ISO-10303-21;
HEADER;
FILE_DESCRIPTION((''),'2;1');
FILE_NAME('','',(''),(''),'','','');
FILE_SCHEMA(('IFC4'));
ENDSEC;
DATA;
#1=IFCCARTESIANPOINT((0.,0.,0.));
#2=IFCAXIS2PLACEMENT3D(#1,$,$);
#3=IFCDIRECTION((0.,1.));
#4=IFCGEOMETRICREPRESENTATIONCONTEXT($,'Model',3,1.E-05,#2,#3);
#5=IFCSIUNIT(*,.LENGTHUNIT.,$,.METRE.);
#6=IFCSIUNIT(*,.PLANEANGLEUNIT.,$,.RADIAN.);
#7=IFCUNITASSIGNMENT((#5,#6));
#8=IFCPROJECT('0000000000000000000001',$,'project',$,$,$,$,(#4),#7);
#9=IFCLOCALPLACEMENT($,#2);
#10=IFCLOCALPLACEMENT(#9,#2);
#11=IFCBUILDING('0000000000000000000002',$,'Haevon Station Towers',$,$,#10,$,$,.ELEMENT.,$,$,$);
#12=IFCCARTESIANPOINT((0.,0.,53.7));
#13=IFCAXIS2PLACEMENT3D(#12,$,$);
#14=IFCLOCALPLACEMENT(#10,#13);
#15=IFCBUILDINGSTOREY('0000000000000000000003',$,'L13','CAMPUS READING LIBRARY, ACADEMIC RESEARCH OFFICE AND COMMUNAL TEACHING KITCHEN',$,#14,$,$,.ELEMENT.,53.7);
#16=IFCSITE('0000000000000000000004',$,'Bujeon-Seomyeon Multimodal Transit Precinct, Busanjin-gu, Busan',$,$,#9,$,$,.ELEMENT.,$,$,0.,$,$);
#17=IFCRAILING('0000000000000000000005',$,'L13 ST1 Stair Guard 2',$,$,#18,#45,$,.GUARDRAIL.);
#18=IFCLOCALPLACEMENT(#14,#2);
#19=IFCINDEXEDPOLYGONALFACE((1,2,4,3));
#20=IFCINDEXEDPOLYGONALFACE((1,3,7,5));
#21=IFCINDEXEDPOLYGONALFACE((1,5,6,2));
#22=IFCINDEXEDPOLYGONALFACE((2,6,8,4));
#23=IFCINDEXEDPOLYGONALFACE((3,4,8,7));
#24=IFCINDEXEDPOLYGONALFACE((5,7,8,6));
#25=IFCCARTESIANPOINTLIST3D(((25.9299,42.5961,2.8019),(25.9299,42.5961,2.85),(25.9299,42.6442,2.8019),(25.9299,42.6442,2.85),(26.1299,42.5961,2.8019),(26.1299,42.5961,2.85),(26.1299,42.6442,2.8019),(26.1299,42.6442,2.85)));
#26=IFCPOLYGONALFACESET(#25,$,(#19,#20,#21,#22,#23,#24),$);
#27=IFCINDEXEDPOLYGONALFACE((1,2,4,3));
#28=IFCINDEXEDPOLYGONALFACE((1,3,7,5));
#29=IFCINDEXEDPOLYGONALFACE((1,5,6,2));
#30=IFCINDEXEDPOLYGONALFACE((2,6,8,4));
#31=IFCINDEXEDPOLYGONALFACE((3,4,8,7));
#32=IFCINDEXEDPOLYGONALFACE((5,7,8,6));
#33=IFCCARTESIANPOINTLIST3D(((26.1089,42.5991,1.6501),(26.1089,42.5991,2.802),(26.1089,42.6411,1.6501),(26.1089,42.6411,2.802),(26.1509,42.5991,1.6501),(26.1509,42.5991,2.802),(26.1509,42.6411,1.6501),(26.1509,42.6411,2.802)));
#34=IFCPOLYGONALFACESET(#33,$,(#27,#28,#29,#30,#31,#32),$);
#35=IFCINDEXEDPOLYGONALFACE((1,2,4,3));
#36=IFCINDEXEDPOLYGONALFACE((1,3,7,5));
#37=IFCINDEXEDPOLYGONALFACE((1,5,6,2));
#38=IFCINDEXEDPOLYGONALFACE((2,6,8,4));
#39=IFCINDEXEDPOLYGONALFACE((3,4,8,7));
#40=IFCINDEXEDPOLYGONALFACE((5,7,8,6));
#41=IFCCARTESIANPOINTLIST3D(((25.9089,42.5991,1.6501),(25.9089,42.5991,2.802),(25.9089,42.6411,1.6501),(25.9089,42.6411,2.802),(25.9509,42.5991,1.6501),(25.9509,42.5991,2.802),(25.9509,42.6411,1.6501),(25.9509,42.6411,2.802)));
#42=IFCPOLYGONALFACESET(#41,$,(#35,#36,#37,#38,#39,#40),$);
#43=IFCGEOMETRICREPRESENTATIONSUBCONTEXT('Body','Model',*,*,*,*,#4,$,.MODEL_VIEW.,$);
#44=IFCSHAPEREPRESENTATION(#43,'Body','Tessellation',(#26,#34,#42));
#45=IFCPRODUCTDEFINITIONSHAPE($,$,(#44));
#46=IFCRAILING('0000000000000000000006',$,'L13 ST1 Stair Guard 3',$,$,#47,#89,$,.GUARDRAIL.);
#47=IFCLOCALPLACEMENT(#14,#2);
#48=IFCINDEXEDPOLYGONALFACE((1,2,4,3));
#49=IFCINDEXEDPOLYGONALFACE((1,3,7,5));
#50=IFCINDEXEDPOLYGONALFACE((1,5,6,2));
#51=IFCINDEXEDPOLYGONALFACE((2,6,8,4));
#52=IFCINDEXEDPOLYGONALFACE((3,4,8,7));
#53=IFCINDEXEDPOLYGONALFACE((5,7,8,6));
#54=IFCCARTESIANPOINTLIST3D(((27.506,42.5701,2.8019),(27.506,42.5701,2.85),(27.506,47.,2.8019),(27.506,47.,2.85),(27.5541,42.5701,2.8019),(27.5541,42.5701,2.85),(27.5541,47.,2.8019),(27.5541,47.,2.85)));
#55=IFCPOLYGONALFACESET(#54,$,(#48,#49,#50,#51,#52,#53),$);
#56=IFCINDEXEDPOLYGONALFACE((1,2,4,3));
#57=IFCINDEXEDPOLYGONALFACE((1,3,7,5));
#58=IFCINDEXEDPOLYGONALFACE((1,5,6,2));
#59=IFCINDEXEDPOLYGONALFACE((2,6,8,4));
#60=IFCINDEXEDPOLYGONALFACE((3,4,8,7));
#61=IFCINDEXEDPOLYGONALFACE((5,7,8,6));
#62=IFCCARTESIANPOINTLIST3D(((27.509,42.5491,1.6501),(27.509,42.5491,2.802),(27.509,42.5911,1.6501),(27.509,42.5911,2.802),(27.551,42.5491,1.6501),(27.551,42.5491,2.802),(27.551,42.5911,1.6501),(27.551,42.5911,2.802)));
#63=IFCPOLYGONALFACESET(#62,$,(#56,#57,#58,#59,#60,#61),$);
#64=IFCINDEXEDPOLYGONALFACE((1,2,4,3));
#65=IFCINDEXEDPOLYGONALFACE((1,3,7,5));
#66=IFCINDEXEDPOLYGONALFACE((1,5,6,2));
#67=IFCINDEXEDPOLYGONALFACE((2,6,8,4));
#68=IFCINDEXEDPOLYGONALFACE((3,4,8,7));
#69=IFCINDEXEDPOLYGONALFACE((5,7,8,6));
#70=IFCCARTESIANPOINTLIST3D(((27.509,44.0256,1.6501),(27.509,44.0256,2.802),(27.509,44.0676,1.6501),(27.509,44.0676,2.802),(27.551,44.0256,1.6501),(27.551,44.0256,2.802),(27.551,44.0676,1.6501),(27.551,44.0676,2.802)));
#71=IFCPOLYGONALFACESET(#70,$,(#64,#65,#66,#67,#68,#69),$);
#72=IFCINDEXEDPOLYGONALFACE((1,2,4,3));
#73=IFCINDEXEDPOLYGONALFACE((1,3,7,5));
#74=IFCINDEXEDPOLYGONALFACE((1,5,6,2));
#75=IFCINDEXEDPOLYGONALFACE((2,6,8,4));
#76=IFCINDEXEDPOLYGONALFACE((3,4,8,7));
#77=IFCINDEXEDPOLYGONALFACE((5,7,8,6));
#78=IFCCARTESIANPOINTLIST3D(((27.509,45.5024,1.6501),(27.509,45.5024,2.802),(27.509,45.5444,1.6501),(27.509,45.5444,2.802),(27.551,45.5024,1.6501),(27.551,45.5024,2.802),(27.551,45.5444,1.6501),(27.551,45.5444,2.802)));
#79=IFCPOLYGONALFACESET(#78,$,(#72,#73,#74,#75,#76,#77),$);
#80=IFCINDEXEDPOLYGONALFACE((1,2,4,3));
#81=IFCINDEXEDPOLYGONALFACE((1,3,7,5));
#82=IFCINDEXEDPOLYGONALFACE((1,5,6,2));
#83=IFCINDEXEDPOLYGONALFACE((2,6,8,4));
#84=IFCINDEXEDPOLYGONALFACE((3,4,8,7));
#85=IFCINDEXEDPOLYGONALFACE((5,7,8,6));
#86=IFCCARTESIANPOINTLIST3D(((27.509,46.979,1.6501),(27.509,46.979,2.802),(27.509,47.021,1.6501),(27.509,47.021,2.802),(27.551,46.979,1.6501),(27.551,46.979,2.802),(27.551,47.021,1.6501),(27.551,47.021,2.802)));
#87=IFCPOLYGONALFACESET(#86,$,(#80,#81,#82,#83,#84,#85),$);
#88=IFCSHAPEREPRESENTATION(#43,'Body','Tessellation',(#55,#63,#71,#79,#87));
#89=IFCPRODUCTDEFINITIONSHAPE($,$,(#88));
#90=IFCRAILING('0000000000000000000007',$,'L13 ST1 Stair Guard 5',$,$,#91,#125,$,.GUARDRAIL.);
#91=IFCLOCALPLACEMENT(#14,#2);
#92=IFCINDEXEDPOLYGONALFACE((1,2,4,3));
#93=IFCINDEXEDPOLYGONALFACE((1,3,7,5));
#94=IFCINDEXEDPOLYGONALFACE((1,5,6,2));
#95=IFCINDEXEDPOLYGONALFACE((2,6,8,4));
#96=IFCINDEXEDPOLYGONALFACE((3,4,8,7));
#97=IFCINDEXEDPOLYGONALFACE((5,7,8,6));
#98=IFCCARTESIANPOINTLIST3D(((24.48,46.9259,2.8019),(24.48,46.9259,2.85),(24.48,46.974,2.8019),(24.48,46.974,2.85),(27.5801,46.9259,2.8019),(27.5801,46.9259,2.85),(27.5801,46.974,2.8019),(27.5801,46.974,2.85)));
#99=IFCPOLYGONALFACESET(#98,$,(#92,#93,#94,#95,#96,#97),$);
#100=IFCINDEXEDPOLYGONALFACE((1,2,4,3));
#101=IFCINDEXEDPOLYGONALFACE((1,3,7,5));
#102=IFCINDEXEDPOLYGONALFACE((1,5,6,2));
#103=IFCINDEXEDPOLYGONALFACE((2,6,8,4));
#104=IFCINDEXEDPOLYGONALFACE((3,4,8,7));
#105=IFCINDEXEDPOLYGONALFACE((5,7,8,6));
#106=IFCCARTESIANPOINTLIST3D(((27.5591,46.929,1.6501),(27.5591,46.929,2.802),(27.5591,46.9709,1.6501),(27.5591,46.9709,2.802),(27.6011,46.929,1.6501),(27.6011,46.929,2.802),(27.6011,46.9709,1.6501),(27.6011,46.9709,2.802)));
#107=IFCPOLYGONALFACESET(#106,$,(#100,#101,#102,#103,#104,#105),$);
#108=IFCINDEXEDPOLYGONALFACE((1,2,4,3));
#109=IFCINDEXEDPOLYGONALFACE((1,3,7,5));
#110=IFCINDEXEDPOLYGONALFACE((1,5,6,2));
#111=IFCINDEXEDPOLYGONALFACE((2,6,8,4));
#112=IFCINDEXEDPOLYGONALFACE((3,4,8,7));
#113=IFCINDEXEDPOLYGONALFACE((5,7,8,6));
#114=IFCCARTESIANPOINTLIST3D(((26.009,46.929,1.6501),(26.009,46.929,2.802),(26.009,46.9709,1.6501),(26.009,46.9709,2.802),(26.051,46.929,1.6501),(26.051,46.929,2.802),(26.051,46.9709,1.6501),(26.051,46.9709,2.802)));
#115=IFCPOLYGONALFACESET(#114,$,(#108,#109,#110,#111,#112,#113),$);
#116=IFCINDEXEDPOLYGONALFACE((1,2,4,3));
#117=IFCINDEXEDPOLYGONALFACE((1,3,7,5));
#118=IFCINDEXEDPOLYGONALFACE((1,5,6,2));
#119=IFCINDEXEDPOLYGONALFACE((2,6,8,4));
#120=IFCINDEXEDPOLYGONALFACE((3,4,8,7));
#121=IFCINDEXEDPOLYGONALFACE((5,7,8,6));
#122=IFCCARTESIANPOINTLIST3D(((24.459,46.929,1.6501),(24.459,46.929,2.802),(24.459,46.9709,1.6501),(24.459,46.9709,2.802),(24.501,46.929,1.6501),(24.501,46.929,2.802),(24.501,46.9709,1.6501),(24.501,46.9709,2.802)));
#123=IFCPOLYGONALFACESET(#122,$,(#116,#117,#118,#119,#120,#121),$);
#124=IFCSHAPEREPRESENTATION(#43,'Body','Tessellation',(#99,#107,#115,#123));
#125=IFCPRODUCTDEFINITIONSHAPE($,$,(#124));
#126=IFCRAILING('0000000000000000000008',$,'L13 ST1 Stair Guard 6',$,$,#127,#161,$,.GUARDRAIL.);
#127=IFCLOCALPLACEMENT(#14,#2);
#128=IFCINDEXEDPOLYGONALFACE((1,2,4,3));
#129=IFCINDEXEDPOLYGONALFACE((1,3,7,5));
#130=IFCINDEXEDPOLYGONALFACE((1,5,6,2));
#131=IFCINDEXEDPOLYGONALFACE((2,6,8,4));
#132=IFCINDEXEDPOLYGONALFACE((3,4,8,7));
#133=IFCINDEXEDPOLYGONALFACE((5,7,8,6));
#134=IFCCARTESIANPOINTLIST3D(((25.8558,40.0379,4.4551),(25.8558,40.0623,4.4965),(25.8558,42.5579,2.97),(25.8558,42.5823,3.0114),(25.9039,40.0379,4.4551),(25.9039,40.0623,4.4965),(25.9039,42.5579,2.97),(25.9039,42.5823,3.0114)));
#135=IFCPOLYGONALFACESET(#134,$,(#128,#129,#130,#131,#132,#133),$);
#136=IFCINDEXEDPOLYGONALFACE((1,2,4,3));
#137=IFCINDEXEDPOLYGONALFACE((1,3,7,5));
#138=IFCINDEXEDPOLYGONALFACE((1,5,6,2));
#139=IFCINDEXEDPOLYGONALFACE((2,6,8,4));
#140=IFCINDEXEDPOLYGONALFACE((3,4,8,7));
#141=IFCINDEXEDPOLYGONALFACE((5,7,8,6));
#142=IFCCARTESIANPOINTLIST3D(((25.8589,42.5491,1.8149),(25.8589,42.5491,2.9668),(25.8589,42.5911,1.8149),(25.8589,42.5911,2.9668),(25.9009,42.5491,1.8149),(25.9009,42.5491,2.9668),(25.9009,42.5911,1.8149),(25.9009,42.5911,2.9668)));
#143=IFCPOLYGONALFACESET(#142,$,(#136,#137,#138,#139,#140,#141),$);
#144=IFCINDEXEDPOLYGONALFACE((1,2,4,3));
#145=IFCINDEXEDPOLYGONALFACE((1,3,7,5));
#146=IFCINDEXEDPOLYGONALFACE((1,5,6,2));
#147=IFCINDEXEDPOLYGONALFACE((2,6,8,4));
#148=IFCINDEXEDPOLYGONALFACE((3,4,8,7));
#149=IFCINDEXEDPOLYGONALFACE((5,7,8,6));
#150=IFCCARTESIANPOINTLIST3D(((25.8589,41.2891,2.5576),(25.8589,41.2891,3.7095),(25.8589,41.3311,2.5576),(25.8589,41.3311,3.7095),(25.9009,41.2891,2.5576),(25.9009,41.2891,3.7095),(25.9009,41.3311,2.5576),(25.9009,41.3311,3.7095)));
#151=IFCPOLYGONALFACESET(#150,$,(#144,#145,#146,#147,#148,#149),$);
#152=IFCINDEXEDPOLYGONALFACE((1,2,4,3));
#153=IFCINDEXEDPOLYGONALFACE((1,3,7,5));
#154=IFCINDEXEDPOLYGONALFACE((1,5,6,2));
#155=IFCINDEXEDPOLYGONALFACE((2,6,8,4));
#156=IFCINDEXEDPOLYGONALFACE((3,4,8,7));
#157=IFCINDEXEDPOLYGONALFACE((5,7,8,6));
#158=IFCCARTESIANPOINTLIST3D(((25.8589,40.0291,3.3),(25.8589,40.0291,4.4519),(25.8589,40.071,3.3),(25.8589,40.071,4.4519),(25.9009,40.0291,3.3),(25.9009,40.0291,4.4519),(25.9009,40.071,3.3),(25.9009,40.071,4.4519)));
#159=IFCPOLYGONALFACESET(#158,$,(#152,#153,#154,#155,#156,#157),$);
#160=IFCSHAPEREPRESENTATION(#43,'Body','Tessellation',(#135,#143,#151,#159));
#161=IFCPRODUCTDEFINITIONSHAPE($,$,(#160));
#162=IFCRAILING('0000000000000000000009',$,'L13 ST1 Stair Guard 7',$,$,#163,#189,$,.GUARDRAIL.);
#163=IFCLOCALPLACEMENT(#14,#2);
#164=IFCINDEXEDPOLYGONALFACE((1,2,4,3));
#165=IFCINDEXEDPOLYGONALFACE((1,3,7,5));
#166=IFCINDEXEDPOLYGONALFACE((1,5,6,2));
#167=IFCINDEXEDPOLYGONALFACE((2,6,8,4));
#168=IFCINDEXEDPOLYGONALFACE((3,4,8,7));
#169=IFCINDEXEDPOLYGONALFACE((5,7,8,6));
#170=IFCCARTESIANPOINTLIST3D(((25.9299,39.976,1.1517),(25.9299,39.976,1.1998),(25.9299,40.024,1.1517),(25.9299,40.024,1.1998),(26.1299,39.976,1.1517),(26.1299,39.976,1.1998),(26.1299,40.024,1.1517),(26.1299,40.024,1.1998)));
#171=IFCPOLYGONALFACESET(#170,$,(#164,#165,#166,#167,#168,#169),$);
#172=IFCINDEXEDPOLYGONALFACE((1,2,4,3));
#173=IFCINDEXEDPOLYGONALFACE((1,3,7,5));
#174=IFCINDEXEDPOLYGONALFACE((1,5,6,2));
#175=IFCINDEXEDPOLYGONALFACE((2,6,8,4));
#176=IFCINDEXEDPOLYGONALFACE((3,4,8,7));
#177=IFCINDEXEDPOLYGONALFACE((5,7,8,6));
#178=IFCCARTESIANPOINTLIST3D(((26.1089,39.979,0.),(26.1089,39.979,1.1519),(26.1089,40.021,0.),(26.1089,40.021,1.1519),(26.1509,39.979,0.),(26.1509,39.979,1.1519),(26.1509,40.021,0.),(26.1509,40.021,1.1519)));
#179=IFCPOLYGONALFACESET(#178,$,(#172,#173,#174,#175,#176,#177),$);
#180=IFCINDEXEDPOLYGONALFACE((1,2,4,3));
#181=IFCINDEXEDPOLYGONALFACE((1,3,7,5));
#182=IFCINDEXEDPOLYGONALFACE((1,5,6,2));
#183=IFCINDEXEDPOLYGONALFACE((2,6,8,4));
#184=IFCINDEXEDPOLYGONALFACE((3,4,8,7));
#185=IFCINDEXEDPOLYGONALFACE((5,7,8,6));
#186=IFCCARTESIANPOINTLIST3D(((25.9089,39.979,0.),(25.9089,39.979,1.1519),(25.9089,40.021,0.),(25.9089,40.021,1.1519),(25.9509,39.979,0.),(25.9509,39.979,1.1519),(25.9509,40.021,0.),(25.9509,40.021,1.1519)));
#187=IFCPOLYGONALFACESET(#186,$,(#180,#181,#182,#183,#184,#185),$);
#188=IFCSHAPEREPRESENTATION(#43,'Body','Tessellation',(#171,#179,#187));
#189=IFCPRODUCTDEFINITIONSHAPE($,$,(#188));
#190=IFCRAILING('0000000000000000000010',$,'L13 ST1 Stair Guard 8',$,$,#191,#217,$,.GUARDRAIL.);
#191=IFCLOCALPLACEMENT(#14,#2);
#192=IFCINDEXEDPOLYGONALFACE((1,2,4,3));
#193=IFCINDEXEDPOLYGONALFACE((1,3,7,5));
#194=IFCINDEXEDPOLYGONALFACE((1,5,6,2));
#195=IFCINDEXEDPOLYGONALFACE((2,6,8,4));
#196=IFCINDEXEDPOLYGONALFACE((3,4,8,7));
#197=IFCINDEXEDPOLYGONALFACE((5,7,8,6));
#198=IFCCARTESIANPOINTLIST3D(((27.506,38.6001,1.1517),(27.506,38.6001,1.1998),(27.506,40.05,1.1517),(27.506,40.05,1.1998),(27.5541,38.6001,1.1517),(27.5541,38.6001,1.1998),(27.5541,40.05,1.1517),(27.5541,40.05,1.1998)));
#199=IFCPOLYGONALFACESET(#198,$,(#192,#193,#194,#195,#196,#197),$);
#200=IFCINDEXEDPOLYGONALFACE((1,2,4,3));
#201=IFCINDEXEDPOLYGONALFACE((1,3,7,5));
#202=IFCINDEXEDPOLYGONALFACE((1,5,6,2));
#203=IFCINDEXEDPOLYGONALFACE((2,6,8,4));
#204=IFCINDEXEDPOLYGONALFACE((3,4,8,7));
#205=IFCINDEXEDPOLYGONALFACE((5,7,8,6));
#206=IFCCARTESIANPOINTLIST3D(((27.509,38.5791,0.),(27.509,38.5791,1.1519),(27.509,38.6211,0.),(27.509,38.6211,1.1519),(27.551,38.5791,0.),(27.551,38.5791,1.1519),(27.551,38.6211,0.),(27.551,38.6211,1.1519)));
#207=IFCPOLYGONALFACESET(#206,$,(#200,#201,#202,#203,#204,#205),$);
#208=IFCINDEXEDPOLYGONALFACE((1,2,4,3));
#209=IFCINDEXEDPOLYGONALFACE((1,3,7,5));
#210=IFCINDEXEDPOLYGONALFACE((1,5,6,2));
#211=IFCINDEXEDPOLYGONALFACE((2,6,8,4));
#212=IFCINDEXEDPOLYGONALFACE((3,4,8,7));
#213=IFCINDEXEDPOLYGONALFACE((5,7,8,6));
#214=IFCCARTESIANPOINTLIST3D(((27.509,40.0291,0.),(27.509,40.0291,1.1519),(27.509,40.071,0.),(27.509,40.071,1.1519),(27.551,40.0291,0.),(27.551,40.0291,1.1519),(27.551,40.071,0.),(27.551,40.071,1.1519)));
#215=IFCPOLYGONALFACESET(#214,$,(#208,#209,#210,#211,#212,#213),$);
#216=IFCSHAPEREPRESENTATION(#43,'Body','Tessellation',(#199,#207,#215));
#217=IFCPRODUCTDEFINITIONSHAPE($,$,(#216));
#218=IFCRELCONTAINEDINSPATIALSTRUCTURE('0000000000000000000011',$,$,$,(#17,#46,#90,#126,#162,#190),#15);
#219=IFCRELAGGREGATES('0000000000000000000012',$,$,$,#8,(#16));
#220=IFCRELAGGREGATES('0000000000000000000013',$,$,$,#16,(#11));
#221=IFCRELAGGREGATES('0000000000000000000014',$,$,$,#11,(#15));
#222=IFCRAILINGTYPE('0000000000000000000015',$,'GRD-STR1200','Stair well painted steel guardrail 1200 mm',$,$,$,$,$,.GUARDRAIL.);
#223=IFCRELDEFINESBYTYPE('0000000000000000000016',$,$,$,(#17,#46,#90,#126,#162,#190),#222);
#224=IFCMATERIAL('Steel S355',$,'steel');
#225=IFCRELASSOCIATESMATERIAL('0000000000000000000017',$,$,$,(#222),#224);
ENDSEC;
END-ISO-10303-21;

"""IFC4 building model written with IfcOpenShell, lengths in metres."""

from ifc_helpers import new_model, si_unit, direction, frame, origin, origin_2d, place, context, subcontext, project, spatial, rectangle, extrude, material, type_object, element, save


model = new_model("IFC4")

# Units and contexts
model_context = context("Model", 3, precision=1e-05, world=origin(), true_north=direction((0.0, 1.0)))
body_context = subcontext(model_context, "Body", "Model", "MODEL_VIEW")
ifc_project = project(units=[si_unit("LENGTHUNIT", "METRE"), si_unit("PLANEANGLEUNIT", "RADIAN")], contexts=[model_context])

# Site, building, storey
site_placement = place(None, origin())
site = spatial("IfcSite", under=ifc_project, at=site_placement, Name="Bujeon-Seomyeon Multimodal Transit Precinct, Busanjin-gu, Busan", CompositionType="ELEMENT", RefElevation=0.0)
building_placement = place(site_placement, origin())
building = spatial("IfcBuilding", under=site, at=building_placement, Name="Haevon Station Towers", CompositionType="ELEMENT")
storey_placement = place(building_placement, frame((0.0, 0.0, 53.7)))
storey = spatial("IfcBuildingStorey", under=building, at=storey_placement, Name="L13", Description="CAMPUS READING LIBRARY, ACADEMIC RESEARCH OFFICE AND COMMUNAL TEACHING KITCHEN", CompositionType="ELEMENT", Elevation=53.7)

# Shared definitions
ifc_material_1 = material(Name="Steel S355", Category="steel")

# Railings
railing_type_1 = type_object("IfcRailingType", Name="GRD-STR1200", Description="Stair well painted steel guardrail 1200 mm", PredefinedType="GUARDRAIL", material=ifc_material_1)
railing_1_placement = place(storey_placement, frame((26.1299, 42.6201, 1.6501)))
element("IfcRailing", 1, at=railing_1_placement, inside=storey, type_object=railing_type_1, Name="L13 ST1 Stair Guard 2", PredefinedType="GUARDRAIL", context=body_context, shape_type="SweptSolid", body=[
    extrude(rectangle(XDim=0.0481, YDim=0.0481, at=origin_2d()), frame((0.0, 0.0, 1.1758), z_axis=(-1.0, 0.0, 0.0), x_axis=(0.0, -1.0, 0.0)), (0.0, 0.0, 1.0), 0.2),
    extrude(rectangle(XDim=0.042, YDim=0.042, at=origin_2d()), origin(), (0.0, 0.0, 1.0), 1.1519),
    extrude(rectangle(XDim=0.042, YDim=0.042, at=origin_2d()), frame((-0.2, 0.0, 0.0)), (0.0, 0.0, 1.0), 1.1519),
])
railing_2_placement = place(storey_placement, frame((27.53, 42.5701, 1.6501)))
element("IfcRailing", 2, at=railing_2_placement, inside=storey, type_object=railing_type_1, Name="L13 ST1 Stair Guard 3", PredefinedType="GUARDRAIL", context=body_context, shape_type="SweptSolid", body=[
    extrude(rectangle(XDim=0.0481, YDim=0.0481, at=origin_2d()), frame((0.0, 0.0, 1.1758), z_axis=(0.0, 1.0, 0.0), x_axis=(-1.0, 0.0, 0.0)), (0.0, 0.0, 1.0), 4.4299),
    extrude(rectangle(XDim=0.042, YDim=0.042, at=origin_2d()), origin(), (0.0, 0.0, 1.0), 1.1519),
    extrude(rectangle(XDim=0.042, YDim=0.042, at=origin_2d()), frame((0.0, 1.4766, 0.0)), (0.0, 0.0, 1.0), 1.1519),
    extrude(rectangle(XDim=0.042, YDim=0.042, at=origin_2d()), frame((0.0, 2.9534, 0.0)), (0.0, 0.0, 1.0), 1.1519),
    extrude(rectangle(XDim=0.042, YDim=0.042, at=origin_2d()), frame((0.0, 4.4299, 0.0)), (0.0, 0.0, 1.0), 1.1519),
])
railing_3_placement = place(storey_placement, frame((27.5801, 46.95, 1.6501)))
element("IfcRailing", 3, at=railing_3_placement, inside=storey, type_object=railing_type_1, Name="L13 ST1 Stair Guard 5", PredefinedType="GUARDRAIL", context=body_context, shape_type="SweptSolid", body=[
    extrude(rectangle(XDim=0.0481, YDim=0.0481, at=origin_2d()), frame((0.0, 0.0, 1.1758), z_axis=(-1.0, 0.0, 0.0), x_axis=(0.0, -1.0, 0.0)), (0.0, 0.0, 1.0), 3.1001),
    extrude(rectangle(XDim=0.042, YDim=0.042, at=origin_2d()), origin(), (0.0, 0.0, 1.0), 1.1519),
    extrude(rectangle(XDim=0.042, YDim=0.042, at=origin_2d()), frame((-1.55, 0.0, 0.0)), (0.0, 0.0, 1.0), 1.1519),
    extrude(rectangle(XDim=0.042, YDim=0.042, at=origin_2d()), frame((-3.1001, 0.0, 0.0)), (0.0, 0.0, 1.0), 1.1519),
])
railing_4_placement = place(storey_placement, frame((25.8799, 42.5701, 1.8149)))
element("IfcRailing", 4, at=railing_4_placement, inside=storey, type_object=railing_type_1, Name="L13 ST1 Stair Guard 6", PredefinedType="GUARDRAIL", context=body_context, shape_type="SweptSolid", body=[
    extrude(rectangle(XDim=0.0481, YDim=0.0481, at=origin_2d()), frame((0.0, 0.0, 1.1758), z_axis=(0.0, -0.861524, 0.507717), x_axis=(1.0, 0.0, 0.0)), (0.0, 0.0, 1.0), 2.925),
    extrude(rectangle(XDim=0.042, YDim=0.042, at=origin_2d()), origin(), (0.0, 0.0, 1.0), 1.1519),
    extrude(rectangle(XDim=0.042, YDim=0.042, at=origin_2d()), frame((0.0, -1.26, 0.7427)), (0.0, 0.0, 1.0), 1.1519),
    extrude(rectangle(XDim=0.042, YDim=0.042, at=origin_2d()), frame((0.0, -2.52, 1.4851)), (0.0, 0.0, 1.0), 1.1519),
])
railing_5_placement = place(storey_placement, frame((26.1299, 40.0, 0.0)))
element("IfcRailing", 5, at=railing_5_placement, inside=storey, type_object=railing_type_1, Name="L13 ST1 Stair Guard 7", PredefinedType="GUARDRAIL", context=body_context, shape_type="SweptSolid", body=[
    extrude(rectangle(XDim=0.0481, YDim=0.0481, at=origin_2d()), frame((0.0, 0.0, 1.1758), z_axis=(-1.0, 0.0, 0.0), x_axis=(0.0, -1.0, 0.0)), (0.0, 0.0, 1.0), 0.2),
    extrude(rectangle(XDim=0.042, YDim=0.042, at=origin_2d()), origin(), (0.0, 0.0, 1.0), 1.1519),
    extrude(rectangle(XDim=0.042, YDim=0.042, at=origin_2d()), frame((-0.2, 0.0, 0.0)), (0.0, 0.0, 1.0), 1.1519),
])
railing_6_placement = place(storey_placement, frame((27.53, 38.6001, 0.0)))
element("IfcRailing", 6, at=railing_6_placement, inside=storey, type_object=railing_type_1, Name="L13 ST1 Stair Guard 8", PredefinedType="GUARDRAIL", context=body_context, shape_type="SweptSolid", body=[
    extrude(rectangle(XDim=0.0481, YDim=0.0481, at=origin_2d()), frame((0.0, 0.0, 1.1758), z_axis=(0.0, 1.0, 0.0), x_axis=(-1.0, 0.0, 0.0)), (0.0, 0.0, 1.0), 1.45),
    extrude(rectangle(XDim=0.042, YDim=0.042, at=origin_2d()), origin(), (0.0, 0.0, 1.0), 1.1519),
    extrude(rectangle(XDim=0.042, YDim=0.042, at=origin_2d()), frame((0.0, 1.45, 0.0)), (0.0, 0.0, 1.0), 1.1519),
])

save(model, "model.ifc")
